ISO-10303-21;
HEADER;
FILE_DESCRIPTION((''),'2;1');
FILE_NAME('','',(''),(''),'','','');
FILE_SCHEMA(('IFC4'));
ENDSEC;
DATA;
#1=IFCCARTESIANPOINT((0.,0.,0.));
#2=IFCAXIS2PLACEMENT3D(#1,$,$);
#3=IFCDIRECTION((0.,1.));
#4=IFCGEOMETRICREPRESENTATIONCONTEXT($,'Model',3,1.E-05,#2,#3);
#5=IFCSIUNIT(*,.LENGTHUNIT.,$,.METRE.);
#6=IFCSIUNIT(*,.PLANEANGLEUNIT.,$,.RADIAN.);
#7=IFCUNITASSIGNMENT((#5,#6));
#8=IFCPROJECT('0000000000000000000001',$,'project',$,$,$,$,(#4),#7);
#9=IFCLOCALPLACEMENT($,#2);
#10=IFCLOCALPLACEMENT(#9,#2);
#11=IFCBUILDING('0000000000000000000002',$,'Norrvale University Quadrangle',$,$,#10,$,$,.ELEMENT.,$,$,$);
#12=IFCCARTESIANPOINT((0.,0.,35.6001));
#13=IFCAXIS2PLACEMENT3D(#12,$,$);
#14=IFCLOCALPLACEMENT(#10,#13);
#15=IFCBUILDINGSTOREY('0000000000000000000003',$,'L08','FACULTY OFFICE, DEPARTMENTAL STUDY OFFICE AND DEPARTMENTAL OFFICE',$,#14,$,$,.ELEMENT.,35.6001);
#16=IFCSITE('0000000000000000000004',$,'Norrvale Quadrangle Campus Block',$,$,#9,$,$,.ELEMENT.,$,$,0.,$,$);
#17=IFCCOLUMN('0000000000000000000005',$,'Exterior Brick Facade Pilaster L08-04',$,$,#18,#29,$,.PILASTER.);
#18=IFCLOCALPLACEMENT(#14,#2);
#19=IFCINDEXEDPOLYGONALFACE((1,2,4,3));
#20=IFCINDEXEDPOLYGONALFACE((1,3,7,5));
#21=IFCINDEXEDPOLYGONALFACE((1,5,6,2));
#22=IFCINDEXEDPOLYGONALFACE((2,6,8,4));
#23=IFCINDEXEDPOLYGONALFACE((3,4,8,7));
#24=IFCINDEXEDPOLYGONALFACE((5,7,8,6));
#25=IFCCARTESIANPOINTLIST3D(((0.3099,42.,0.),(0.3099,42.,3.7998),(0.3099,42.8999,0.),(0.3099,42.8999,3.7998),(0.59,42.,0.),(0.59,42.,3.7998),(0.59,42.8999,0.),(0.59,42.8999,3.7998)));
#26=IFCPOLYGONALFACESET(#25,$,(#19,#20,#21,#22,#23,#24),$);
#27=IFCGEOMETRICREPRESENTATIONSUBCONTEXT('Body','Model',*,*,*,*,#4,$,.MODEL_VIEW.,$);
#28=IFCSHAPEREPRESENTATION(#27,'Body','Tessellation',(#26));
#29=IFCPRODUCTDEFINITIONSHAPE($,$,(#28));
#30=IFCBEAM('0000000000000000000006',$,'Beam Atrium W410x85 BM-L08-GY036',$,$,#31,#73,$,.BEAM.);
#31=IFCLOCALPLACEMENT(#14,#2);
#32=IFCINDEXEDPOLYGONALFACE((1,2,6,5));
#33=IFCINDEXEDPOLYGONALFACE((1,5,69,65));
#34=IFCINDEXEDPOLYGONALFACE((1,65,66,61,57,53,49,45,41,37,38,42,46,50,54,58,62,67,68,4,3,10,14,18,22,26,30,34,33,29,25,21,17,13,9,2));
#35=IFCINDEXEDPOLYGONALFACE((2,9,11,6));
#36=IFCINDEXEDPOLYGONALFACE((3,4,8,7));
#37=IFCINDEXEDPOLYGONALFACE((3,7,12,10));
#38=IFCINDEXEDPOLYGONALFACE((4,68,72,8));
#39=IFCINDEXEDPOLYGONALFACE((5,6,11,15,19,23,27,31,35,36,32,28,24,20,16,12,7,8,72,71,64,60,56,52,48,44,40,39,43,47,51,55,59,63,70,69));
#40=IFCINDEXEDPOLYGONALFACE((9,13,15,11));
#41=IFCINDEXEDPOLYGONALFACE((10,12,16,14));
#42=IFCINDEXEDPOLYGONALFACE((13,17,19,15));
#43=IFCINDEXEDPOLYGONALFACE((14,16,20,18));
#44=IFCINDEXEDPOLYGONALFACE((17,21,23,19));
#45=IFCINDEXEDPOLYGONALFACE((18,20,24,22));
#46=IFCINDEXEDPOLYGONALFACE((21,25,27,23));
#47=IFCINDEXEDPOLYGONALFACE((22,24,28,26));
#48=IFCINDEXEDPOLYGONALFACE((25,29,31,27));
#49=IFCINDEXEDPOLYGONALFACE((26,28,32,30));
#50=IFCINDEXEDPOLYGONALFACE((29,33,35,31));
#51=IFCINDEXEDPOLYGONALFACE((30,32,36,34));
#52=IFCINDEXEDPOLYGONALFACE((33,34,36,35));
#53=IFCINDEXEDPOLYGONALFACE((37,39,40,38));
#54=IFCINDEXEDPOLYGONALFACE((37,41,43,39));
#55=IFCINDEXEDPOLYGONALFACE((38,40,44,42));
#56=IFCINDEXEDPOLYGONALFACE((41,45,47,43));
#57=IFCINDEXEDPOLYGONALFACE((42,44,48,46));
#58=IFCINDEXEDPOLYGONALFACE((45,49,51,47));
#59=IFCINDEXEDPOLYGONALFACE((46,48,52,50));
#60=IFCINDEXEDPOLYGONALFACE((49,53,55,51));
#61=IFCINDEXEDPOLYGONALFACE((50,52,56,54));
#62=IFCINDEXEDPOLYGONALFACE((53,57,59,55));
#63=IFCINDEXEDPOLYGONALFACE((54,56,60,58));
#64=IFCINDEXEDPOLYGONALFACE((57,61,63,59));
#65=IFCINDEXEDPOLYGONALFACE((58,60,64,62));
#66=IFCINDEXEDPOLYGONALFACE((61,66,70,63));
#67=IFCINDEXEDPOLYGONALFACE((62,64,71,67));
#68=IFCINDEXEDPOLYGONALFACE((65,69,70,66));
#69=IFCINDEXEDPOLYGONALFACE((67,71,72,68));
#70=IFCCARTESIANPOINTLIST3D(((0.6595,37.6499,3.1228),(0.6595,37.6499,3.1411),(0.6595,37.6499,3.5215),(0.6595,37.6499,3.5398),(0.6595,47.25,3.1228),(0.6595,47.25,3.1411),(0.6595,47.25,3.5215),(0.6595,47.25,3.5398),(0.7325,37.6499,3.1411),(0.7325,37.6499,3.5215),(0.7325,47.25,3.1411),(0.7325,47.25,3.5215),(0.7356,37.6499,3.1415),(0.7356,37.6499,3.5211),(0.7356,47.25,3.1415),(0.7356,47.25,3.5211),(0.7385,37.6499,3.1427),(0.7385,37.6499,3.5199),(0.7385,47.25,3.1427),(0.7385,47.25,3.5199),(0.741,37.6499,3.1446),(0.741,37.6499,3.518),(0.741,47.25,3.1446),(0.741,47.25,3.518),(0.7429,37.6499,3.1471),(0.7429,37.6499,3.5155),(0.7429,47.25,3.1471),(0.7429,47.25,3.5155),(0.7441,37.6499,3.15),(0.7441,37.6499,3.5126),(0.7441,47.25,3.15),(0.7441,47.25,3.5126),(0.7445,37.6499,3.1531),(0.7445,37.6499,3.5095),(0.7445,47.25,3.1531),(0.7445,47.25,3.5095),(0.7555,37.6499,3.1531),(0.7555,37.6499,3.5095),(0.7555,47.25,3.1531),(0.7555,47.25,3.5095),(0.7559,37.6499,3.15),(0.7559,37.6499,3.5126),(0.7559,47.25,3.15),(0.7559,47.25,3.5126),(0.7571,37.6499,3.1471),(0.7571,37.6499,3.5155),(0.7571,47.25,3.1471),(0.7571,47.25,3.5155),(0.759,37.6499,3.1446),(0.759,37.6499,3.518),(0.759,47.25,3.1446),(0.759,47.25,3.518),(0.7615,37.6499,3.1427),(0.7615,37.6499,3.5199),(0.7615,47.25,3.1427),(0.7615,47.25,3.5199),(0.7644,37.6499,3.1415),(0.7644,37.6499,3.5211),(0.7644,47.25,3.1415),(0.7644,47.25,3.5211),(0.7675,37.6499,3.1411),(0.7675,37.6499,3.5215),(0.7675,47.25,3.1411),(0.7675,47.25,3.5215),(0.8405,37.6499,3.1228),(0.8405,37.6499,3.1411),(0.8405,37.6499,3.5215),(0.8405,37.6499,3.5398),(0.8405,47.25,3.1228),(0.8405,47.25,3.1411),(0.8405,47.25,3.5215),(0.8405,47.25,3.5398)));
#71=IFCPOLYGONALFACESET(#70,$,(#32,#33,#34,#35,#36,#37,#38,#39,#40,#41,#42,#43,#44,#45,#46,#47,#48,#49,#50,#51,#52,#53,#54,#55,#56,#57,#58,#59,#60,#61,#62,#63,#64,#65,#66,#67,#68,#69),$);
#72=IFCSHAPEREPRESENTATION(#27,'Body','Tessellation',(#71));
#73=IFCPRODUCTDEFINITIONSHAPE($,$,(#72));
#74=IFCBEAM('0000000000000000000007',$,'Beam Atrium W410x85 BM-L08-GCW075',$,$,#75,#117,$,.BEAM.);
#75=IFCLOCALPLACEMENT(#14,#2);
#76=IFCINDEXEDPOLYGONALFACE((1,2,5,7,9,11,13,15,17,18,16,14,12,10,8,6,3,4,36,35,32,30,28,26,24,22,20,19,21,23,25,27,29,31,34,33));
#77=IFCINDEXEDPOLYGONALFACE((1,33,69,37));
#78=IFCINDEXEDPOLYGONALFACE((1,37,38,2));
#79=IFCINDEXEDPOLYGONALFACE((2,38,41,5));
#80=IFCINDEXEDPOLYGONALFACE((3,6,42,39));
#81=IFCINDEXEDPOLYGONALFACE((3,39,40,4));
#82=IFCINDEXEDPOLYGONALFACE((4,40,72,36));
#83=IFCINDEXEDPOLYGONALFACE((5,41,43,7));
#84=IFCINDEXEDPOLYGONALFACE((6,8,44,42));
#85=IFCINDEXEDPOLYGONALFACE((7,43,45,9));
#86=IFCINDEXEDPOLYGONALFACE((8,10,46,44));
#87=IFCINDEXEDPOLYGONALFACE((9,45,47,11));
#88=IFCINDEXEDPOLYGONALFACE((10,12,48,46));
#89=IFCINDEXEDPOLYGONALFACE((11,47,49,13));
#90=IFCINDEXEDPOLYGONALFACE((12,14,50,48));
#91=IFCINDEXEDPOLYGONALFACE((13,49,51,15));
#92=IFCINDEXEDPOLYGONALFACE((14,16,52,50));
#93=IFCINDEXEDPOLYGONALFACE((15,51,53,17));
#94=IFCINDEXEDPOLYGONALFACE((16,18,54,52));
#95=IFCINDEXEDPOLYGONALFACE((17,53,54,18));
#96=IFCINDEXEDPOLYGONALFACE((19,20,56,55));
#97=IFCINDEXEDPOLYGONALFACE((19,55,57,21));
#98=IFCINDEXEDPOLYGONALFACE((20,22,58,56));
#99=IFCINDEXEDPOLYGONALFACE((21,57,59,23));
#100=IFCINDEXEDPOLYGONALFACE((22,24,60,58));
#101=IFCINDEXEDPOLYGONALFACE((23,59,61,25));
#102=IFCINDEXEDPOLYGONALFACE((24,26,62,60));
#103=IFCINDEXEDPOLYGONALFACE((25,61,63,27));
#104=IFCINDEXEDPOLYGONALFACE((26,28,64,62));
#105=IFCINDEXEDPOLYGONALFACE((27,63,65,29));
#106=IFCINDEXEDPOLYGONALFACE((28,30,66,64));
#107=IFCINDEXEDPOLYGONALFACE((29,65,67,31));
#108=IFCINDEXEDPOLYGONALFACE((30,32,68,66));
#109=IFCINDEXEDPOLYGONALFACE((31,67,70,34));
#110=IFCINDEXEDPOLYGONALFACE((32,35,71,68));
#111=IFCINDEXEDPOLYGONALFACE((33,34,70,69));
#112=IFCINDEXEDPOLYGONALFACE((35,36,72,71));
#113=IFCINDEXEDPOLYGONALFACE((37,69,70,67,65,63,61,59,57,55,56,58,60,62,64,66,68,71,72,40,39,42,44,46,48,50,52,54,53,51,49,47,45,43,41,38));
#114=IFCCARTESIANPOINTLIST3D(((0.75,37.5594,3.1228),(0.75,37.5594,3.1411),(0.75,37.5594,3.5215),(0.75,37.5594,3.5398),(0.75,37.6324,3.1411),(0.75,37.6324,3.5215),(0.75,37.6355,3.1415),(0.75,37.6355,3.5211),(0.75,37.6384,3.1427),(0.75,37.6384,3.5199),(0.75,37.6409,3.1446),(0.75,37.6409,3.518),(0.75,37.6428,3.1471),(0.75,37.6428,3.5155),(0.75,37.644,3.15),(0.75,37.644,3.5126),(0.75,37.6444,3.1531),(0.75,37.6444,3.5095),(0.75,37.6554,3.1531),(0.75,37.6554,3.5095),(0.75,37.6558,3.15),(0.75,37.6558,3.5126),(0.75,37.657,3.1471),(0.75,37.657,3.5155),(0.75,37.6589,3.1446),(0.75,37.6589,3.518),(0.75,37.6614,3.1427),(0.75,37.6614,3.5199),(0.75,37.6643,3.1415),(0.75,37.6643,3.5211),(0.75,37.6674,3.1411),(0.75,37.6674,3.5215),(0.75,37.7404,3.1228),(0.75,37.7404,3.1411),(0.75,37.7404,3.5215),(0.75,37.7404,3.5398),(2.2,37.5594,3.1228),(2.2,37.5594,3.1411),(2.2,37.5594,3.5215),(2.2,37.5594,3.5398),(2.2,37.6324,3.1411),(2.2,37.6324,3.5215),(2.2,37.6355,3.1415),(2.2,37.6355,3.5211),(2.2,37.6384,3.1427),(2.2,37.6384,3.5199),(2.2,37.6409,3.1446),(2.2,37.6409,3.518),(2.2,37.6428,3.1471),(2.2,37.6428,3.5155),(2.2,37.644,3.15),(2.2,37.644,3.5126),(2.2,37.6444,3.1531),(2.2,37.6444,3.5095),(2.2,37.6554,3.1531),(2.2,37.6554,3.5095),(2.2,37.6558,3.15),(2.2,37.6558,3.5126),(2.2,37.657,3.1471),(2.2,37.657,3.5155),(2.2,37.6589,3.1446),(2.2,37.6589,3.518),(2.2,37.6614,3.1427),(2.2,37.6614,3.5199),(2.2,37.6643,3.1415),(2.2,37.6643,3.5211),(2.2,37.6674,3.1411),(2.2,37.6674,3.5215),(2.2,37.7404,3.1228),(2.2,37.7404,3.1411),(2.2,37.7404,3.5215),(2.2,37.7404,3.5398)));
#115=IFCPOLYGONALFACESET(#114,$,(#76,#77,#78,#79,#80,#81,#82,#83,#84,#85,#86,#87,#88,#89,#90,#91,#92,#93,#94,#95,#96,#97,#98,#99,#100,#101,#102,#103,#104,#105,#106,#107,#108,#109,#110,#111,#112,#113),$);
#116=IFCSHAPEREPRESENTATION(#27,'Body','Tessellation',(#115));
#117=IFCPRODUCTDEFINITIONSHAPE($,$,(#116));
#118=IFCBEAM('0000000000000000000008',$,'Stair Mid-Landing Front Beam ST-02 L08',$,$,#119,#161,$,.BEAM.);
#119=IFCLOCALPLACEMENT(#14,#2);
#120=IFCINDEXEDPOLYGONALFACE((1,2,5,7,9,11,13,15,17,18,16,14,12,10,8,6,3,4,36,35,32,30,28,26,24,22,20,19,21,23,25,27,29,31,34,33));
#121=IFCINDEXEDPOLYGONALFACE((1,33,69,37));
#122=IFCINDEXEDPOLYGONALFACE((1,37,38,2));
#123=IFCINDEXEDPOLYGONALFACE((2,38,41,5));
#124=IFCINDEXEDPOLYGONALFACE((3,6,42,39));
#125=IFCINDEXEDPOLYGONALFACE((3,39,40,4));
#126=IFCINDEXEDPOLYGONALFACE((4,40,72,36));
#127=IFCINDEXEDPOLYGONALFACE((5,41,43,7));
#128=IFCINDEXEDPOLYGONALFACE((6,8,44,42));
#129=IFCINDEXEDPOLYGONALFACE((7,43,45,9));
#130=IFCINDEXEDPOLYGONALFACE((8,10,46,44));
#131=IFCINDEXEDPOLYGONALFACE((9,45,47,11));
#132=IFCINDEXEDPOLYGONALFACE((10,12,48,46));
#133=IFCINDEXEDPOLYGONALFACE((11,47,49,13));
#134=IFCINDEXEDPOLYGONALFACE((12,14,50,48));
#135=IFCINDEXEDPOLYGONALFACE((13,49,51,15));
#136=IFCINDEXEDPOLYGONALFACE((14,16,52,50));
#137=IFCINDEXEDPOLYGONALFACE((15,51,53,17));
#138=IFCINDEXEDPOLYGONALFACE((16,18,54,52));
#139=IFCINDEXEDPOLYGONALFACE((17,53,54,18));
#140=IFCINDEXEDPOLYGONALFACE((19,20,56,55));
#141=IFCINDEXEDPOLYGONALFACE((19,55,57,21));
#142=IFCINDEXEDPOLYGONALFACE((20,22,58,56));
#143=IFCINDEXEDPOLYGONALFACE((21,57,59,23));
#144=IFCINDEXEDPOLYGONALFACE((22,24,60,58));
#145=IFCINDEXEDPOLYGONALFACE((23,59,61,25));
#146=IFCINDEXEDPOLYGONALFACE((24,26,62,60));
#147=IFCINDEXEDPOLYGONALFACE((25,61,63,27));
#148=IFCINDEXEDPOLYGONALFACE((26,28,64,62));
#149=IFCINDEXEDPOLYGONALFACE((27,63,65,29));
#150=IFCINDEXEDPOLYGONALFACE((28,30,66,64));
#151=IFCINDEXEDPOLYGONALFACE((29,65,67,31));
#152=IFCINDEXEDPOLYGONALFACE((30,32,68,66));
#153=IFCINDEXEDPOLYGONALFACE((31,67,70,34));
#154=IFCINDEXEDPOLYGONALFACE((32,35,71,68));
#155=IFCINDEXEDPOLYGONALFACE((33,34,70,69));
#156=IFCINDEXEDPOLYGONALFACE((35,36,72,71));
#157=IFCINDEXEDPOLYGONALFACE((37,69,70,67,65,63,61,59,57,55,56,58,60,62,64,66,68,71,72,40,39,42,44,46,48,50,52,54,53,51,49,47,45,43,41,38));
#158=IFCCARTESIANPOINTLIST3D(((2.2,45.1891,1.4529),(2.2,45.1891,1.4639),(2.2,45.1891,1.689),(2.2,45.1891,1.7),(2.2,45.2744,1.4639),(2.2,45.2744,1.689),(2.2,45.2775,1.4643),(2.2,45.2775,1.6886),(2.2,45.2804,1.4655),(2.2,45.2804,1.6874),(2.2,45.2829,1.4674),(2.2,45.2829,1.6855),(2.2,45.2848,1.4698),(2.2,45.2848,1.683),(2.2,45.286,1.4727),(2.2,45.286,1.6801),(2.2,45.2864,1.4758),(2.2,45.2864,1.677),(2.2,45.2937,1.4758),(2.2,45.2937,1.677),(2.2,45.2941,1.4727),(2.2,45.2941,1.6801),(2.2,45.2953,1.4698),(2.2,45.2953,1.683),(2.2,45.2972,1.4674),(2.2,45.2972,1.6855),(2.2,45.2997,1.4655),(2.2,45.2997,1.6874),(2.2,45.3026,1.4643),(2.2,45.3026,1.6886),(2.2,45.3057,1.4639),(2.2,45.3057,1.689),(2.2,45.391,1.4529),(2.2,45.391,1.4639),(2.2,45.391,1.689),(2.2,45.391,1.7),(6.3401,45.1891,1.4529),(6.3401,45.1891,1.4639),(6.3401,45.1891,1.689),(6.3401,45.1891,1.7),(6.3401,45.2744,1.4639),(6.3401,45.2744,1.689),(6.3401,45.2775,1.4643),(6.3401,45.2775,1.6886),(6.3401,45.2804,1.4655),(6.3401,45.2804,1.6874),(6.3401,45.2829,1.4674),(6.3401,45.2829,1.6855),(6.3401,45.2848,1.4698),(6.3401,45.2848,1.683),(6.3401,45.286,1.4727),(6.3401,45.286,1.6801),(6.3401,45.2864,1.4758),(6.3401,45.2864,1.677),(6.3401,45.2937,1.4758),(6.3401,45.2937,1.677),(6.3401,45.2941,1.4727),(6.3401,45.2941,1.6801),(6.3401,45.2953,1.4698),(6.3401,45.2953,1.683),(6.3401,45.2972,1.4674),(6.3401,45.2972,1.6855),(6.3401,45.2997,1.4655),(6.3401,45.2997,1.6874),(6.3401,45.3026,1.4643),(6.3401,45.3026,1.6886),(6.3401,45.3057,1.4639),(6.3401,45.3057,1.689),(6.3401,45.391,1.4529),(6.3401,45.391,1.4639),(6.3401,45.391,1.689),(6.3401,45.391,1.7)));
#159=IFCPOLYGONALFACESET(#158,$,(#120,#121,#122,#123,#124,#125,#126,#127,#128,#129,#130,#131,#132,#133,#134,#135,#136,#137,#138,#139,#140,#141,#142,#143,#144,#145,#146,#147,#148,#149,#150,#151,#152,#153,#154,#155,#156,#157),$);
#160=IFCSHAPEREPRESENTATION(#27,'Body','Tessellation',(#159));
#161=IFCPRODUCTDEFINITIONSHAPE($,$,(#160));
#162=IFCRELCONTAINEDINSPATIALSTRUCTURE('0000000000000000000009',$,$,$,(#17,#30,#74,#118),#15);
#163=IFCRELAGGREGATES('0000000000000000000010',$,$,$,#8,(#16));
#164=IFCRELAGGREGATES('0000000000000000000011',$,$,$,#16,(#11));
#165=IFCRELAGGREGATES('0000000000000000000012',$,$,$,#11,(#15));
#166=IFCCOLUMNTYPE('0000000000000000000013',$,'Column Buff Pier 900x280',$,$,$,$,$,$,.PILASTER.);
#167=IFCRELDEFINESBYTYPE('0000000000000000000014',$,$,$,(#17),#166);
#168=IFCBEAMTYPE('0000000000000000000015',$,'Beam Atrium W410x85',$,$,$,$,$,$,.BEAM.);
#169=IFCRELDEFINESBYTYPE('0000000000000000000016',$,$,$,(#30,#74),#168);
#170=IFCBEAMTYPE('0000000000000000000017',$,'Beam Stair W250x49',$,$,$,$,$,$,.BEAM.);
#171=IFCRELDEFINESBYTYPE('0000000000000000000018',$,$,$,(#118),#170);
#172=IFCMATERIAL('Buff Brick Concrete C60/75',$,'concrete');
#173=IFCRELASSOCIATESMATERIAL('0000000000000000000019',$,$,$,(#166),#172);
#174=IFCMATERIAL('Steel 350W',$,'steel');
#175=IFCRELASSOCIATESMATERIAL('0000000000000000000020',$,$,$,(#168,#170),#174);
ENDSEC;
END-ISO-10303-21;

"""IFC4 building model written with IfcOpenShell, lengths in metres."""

from ifc_helpers import new_model, si_unit, direction, frame, origin, origin_2d, place, context, subcontext, project, spatial, rectangle, i_section, extrude, material, material_profile, profile_set, type_object, element, save


model = new_model("IFC4")

# Units and contexts
model_context = context("Model", 3, precision=1e-05, world=origin(), true_north=direction((0.0, 1.0)))
body_context = subcontext(model_context, "Body", "Model", "MODEL_VIEW")
ifc_project = project(units=[si_unit("LENGTHUNIT", "METRE"), si_unit("PLANEANGLEUNIT", "RADIAN")], contexts=[model_context])

# Site, building, storey
site_placement = place(None, origin())
site = spatial("IfcSite", under=ifc_project, at=site_placement, Name="Norrvale Quadrangle Campus Block", CompositionType="ELEMENT", RefElevation=0.0)
building_placement = place(site_placement, origin())
building = spatial("IfcBuilding", under=site, at=building_placement, Name="Norrvale University Quadrangle", CompositionType="ELEMENT")
storey_placement = place(building_placement, frame((0.0, 0.0, 35.6001)))
storey = spatial("IfcBuildingStorey", under=building, at=storey_placement, Name="L08", Description="FACULTY OFFICE, DEPARTMENTAL STUDY OFFICE AND DEPARTMENTAL OFFICE", CompositionType="ELEMENT", Elevation=35.6001)

# Column
ifc_material_1 = material(Name="Buff Brick Concrete C60/75", Category="concrete")
ifc_material_profile_1 = material_profile(ifc_material_1, rectangle(XDim=0.8999, YDim=0.28, at=origin_2d()), Name="Buff Brick Concrete C60/75")
ifc_profile_set_1 = profile_set([ifc_material_profile_1], Name="Buff Brick Concrete C60/75")
column_type = type_object("IfcColumnType", Name="Column Buff Pier 900x280", PredefinedType="PILASTER", material=ifc_profile_set_1)
column_placement = place(storey_placement, frame((0.45, 42.45, 0.0), z_axis=(0.0, 0.0, 1.0), x_axis=(0.0, 1.0, 0.0)))
element("IfcColumn", 1, at=column_placement, inside=storey, type_object=column_type, Name="Exterior Brick Facade Pilaster L08-04", PredefinedType="PILASTER", context=body_context, shape_type="SweptSolid", body=[
    extrude(rectangle(XDim=0.8999, YDim=0.28, at=origin_2d()), origin(), (0.0, 0.0, 1.0), 3.7998),
])

# Beams
ifc_material_2 = material(Name="Steel 350W", Category="steel")
ifc_material_profile_2 = material_profile(ifc_material_2, i_section(OverallWidth=0.1809, OverallDepth=0.417, WebThickness=0.011, FlangeThickness=0.0183, FilletRadius=0.012, at=origin_2d()), Name="Steel 350W")
ifc_profile_set_2 = profile_set([ifc_material_profile_2], Name="Steel 350W")
beam_type_1 = type_object("IfcBeamType", Name="Beam Atrium W410x85", PredefinedType="BEAM", material=ifc_profile_set_2)
beam_1_placement = place(storey_placement, frame((0.75, 37.6499, 3.3313), z_axis=(0.0, 1.0, 0.0), x_axis=(-1.0, 0.0, 0.0)))
element("IfcBeam", 2, at=beam_1_placement, inside=storey, type_object=beam_type_1, Name="Beam Atrium W410x85 BM-L08-GY036", PredefinedType="BEAM", context=body_context, shape_type="SweptSolid", body=[
    extrude(i_section(OverallWidth=0.1809, OverallDepth=0.417, WebThickness=0.011, FlangeThickness=0.0183, FilletRadius=0.012, at=origin_2d()), origin(), (0.0, 0.0, 1.0), 9.6001),
])
beam_2_placement = place(storey_placement, frame((0.75, 37.6499, 3.3313), z_axis=(1.0, 0.0, 0.0), x_axis=(0.0, 1.0, 0.0)))
element("IfcBeam", 3, at=beam_2_placement, inside=storey, type_object=beam_type_1, Name="Beam Atrium W410x85 BM-L08-GCW075", PredefinedType="BEAM", context=body_context, shape_type="SweptSolid", body=[
    extrude(i_section(OverallWidth=0.1809, OverallDepth=0.417, WebThickness=0.011, FlangeThickness=0.0183, FilletRadius=0.012, at=origin_2d()), origin(), (0.0, 0.0, 1.0), 1.45),
])
ifc_material_profile_3 = material_profile(ifc_material_2, i_section(OverallWidth=0.2019, OverallDepth=0.2471, WebThickness=0.0073, FlangeThickness=0.011, FilletRadius=0.012, at=origin_2d()), Name="Steel 350W")
ifc_profile_set_3 = profile_set([ifc_material_profile_3], Name="Steel 350W")
beam_type_2 = type_object("IfcBeamType", Name="Beam Stair W250x49", PredefinedType="BEAM", material=ifc_profile_set_3)
beam_3_placement = place(storey_placement, frame((2.2, 45.29, 1.5764), z_axis=(1.0, 0.0, 0.0), x_axis=(0.0, 1.0, 0.0)))
element("IfcBeam", 4, at=beam_3_placement, inside=storey, type_object=beam_type_2, Name="Stair Mid-Landing Front Beam ST-02 L08", PredefinedType="BEAM", context=body_context, shape_type="SweptSolid", body=[
    extrude(i_section(OverallWidth=0.2019, OverallDepth=0.2471, WebThickness=0.0073, FlangeThickness=0.011, FilletRadius=0.012, at=origin_2d()), origin(), (0.0, 0.0, 1.0), 4.1401),
])

save(model, "model.ifc")
